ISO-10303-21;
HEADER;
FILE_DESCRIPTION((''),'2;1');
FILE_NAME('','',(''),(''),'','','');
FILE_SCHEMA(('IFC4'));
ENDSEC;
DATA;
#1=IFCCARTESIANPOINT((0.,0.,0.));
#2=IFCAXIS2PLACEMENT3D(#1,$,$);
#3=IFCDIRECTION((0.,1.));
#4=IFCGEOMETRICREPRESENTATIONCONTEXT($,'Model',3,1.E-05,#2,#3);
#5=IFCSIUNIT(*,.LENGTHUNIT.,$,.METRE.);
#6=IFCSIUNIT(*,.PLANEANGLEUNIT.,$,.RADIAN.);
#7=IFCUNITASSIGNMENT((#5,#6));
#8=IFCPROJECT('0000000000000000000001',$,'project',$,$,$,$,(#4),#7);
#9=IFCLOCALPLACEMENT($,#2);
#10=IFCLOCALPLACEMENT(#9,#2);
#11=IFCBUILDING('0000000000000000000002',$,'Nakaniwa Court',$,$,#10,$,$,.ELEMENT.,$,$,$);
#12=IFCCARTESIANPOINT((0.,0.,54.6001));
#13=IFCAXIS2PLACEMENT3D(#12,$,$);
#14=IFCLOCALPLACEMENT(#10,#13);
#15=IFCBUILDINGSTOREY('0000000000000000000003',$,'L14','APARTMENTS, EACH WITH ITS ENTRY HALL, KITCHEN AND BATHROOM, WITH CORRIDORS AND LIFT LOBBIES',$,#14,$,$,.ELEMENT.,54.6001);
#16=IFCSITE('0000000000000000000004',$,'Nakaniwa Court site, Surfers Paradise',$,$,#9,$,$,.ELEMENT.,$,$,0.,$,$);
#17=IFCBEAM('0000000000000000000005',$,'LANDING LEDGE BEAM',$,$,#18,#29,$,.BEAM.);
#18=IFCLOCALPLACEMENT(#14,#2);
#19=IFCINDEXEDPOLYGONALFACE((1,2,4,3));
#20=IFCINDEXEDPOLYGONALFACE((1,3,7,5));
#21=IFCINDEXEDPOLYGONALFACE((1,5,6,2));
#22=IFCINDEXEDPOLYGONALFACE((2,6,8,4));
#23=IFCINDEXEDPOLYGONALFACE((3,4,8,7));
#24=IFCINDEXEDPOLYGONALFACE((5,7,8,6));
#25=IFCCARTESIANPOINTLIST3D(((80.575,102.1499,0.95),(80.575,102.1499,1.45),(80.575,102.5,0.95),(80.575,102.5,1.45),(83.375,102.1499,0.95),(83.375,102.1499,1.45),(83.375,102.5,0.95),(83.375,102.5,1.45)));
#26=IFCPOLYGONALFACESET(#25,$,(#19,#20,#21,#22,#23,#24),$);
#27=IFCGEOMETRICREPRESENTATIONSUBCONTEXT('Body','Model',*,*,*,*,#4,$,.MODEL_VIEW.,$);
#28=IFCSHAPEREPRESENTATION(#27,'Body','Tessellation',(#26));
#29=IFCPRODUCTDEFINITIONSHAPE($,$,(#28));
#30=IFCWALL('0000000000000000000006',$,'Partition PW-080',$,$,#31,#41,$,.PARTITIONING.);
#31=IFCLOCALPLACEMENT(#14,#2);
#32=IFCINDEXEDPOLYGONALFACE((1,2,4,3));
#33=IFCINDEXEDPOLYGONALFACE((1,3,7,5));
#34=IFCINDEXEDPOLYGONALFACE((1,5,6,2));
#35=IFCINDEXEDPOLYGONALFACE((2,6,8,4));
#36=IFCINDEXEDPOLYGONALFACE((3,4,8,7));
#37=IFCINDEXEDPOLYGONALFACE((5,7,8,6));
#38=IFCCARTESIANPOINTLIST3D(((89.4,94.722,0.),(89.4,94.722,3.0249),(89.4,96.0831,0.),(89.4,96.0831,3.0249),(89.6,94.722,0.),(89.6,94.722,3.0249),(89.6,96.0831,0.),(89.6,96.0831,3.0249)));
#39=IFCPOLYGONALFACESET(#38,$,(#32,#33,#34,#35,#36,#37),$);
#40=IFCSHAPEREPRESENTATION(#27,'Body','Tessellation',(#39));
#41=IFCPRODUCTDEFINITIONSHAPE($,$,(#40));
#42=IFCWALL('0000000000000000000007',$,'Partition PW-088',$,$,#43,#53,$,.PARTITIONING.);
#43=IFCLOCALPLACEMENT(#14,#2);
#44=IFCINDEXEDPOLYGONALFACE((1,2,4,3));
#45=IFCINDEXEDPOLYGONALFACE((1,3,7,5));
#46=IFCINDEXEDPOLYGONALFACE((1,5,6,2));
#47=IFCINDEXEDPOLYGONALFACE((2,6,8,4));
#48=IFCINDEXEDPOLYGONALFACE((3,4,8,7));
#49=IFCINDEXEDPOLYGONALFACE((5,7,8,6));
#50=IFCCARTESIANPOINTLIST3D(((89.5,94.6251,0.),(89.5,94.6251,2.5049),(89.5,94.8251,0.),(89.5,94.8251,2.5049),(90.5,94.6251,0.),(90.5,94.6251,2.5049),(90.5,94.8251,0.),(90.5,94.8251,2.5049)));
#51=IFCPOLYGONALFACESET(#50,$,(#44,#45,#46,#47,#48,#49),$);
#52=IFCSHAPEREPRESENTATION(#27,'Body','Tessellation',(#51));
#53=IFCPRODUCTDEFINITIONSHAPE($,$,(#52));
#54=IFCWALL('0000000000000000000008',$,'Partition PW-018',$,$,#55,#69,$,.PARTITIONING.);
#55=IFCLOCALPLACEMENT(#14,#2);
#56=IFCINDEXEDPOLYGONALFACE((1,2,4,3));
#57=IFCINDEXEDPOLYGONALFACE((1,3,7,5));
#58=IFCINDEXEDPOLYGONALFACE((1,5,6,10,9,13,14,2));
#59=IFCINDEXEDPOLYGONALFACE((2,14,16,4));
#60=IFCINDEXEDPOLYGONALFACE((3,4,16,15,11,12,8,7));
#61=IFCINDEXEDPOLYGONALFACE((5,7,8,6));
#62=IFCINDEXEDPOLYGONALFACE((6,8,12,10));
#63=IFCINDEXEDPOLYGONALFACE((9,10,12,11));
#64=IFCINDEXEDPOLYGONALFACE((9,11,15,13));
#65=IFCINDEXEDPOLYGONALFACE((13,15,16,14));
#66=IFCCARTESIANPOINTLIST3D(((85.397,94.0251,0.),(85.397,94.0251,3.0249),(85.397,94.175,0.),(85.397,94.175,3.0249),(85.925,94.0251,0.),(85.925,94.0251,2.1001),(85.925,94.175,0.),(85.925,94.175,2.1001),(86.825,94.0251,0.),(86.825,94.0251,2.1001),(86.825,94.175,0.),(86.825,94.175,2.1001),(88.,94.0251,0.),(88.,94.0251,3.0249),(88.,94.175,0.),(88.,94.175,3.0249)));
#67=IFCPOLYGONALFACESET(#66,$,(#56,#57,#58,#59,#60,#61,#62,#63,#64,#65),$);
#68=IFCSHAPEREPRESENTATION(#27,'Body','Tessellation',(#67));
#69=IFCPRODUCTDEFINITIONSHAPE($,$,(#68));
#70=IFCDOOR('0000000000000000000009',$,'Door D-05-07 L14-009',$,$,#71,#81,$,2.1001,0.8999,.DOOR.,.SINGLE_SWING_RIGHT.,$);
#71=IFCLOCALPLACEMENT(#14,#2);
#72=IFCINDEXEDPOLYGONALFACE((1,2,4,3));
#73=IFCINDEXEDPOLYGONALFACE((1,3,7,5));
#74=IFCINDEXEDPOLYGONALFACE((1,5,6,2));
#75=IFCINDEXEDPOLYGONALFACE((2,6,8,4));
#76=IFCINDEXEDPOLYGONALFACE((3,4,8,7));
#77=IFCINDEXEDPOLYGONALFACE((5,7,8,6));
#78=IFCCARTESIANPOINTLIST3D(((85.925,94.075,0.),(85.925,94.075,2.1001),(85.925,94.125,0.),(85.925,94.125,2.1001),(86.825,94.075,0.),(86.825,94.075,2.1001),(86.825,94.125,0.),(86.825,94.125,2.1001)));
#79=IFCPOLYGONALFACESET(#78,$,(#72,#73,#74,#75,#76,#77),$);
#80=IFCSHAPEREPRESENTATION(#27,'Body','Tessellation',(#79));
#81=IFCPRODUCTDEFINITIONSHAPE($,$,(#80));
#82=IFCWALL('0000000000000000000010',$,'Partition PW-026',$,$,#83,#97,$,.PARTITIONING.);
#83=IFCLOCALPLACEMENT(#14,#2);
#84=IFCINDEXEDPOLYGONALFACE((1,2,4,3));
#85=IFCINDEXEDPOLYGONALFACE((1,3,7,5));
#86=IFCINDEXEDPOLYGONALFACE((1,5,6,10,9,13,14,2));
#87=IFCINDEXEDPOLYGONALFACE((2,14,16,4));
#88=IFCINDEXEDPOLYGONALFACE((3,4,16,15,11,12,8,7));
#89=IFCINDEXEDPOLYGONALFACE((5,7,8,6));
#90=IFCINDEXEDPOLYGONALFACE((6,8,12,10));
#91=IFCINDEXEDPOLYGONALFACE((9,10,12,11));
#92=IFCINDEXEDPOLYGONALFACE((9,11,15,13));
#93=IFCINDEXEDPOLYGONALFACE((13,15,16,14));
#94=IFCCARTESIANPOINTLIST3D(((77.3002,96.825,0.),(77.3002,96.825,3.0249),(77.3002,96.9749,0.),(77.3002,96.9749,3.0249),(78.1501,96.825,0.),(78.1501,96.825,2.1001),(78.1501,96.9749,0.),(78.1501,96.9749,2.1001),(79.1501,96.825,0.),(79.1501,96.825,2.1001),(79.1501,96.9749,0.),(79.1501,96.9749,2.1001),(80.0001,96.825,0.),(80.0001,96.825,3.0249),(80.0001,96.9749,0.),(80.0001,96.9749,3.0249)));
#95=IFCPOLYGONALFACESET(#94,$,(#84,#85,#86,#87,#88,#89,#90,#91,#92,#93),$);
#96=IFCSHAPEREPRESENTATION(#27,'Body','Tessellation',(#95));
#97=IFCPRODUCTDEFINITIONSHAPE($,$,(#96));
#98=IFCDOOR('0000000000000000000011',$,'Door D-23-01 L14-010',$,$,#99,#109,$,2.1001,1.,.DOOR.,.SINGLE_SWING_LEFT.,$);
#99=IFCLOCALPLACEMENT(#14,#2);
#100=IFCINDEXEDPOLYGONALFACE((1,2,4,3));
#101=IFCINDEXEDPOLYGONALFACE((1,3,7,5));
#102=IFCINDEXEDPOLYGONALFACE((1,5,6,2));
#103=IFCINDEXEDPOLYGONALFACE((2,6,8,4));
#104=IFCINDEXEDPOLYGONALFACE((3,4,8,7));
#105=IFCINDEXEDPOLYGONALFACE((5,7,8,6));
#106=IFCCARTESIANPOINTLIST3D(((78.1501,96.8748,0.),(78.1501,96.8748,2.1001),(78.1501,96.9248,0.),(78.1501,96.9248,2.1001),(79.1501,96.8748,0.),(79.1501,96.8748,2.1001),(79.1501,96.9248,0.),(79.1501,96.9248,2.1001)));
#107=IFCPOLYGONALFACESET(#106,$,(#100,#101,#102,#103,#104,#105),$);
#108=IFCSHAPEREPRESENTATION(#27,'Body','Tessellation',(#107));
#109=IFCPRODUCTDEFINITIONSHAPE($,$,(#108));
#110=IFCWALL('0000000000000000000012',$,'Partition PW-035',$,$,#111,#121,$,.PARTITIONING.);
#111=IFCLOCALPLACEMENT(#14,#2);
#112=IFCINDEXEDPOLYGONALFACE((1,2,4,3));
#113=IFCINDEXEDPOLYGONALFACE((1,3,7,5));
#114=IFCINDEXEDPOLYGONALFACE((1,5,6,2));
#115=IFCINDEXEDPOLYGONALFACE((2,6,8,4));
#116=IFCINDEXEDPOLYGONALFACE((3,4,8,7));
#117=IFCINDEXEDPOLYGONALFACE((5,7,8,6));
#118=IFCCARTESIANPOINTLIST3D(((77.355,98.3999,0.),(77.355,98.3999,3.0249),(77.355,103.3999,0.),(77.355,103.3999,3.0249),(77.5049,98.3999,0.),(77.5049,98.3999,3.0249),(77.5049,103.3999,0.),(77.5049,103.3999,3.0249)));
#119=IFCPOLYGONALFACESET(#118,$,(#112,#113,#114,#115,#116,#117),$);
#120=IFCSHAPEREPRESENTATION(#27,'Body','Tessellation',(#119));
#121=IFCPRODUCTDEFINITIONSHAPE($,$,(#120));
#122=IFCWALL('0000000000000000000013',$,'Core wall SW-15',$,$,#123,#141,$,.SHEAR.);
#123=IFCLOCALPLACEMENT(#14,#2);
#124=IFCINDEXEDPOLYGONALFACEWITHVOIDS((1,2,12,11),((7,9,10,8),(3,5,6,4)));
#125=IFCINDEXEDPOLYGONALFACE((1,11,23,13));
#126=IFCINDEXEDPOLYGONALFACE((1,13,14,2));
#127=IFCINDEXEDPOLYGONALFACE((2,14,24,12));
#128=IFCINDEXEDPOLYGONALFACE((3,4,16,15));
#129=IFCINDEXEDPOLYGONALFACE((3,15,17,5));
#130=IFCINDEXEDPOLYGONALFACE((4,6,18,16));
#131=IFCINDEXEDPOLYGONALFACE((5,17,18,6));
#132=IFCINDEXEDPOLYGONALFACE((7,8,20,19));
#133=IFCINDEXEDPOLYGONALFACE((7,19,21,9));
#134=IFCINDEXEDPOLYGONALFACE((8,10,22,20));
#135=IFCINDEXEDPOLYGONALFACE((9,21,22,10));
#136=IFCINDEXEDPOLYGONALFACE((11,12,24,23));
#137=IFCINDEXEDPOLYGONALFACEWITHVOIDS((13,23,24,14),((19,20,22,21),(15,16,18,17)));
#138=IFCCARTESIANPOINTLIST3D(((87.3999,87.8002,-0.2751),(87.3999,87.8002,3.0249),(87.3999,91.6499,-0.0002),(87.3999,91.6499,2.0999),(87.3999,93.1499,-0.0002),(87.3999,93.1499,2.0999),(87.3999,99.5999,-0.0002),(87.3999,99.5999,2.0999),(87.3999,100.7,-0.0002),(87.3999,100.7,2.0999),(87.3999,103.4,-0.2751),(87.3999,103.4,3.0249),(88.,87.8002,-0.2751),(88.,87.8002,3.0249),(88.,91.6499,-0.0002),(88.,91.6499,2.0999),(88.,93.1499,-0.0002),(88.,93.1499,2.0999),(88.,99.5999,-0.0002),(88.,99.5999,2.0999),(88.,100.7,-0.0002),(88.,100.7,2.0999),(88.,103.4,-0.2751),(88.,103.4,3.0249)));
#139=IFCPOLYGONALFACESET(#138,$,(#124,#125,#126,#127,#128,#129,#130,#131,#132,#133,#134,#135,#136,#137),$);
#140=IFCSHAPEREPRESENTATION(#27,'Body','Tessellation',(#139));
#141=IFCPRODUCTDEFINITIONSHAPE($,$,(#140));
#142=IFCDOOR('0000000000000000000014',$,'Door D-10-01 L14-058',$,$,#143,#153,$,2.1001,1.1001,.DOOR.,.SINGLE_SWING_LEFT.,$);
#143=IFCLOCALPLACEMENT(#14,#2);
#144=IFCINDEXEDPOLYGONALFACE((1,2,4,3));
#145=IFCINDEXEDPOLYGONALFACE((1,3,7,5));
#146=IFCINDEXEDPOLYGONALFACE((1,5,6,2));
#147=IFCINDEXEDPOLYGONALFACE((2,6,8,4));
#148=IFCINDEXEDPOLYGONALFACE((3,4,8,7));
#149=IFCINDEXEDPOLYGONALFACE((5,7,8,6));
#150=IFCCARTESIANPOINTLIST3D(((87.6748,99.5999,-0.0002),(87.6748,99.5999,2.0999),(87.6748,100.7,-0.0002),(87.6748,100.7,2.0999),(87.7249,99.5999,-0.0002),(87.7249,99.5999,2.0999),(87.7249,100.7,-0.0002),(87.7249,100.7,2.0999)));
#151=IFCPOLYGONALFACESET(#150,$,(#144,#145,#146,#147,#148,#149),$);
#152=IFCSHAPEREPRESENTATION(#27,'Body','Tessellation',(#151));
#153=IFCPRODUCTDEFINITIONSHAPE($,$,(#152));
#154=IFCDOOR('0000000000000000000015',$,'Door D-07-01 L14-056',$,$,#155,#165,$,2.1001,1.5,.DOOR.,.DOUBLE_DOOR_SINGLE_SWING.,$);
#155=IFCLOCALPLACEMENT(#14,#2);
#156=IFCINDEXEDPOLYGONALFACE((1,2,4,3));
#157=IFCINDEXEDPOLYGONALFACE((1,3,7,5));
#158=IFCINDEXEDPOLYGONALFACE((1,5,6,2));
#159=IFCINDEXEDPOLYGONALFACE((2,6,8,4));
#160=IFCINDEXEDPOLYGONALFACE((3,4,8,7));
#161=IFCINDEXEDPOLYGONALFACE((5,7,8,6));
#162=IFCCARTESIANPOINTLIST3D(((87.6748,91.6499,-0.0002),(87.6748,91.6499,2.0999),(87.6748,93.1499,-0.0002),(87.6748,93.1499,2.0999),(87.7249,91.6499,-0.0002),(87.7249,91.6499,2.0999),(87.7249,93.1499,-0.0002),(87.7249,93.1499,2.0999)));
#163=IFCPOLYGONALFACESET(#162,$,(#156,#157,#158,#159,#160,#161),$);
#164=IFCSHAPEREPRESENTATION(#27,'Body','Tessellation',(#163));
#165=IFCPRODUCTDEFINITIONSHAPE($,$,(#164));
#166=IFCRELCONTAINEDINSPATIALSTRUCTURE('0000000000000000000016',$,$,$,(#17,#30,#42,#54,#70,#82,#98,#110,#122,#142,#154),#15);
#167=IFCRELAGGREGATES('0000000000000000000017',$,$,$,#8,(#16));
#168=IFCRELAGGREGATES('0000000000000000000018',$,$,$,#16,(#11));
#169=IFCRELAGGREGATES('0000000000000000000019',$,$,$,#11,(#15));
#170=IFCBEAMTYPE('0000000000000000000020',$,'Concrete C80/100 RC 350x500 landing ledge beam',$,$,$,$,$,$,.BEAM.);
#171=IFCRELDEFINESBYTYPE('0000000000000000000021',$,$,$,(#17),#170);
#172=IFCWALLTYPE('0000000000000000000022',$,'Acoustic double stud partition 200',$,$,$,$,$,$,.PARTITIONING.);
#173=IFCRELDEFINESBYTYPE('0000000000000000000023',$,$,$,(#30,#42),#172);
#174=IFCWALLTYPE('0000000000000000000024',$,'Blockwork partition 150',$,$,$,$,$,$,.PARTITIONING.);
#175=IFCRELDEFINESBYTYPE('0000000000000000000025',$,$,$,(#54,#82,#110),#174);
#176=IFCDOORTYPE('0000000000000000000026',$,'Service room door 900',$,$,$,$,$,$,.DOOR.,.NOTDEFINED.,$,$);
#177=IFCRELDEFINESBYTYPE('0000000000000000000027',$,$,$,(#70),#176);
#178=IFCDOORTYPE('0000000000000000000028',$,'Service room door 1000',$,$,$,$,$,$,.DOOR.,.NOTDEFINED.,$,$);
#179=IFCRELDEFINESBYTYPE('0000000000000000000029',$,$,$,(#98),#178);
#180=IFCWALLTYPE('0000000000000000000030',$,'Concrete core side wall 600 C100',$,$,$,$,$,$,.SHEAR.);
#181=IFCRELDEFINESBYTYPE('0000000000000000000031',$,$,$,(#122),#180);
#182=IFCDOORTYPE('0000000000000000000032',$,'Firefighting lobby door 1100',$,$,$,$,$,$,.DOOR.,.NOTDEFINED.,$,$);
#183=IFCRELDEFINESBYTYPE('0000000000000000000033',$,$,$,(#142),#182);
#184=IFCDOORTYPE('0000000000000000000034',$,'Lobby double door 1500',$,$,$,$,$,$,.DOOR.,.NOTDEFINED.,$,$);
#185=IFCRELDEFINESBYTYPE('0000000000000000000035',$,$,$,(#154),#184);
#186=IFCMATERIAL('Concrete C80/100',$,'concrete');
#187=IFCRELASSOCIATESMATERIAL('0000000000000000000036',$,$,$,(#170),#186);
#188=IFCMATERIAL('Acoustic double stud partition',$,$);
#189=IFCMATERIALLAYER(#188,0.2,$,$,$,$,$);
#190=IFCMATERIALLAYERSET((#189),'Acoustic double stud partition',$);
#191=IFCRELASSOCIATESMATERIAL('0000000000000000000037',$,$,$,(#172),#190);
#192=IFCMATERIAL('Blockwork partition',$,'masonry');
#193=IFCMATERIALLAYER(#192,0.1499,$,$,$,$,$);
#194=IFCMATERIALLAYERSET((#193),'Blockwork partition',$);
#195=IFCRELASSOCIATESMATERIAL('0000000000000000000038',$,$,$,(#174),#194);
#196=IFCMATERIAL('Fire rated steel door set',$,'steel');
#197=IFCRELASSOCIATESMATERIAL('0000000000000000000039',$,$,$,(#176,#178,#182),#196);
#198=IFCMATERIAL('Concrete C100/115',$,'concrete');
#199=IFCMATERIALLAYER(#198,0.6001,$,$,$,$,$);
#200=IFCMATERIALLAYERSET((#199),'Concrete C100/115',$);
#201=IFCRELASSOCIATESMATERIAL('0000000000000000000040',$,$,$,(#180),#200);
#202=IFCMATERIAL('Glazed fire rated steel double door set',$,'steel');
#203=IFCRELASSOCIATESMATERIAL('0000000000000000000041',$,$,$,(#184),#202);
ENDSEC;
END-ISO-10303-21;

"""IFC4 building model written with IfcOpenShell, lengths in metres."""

from ifc_helpers import new_model, si_unit, direction, frame, frame_2d, origin, origin_2d, place, context, subcontext, project, spatial, rectangle, extrude, material, layer, layer_set, material_profile, profile_set, type_object, element, fill, save


model = new_model("IFC4")

# Units and contexts
model_context = context("Model", 3, precision=1e-05, world=origin(), true_north=direction((0.0, 1.0)))
body_context = subcontext(model_context, "Body", "Model", "MODEL_VIEW")
ifc_project = project(units=[si_unit("LENGTHUNIT", "METRE"), si_unit("PLANEANGLEUNIT", "RADIAN")], contexts=[model_context])

# Site, building, storey
site_placement = place(None, origin())
site = spatial("IfcSite", under=ifc_project, at=site_placement, Name="Nakaniwa Court site, Surfers Paradise", CompositionType="ELEMENT", RefElevation=0.0)
building_placement = place(site_placement, origin())
building = spatial("IfcBuilding", under=site, at=building_placement, Name="Nakaniwa Court", CompositionType="ELEMENT")
storey_placement = place(building_placement, frame((0.0, 0.0, 54.6001)))
storey = spatial("IfcBuildingStorey", under=building, at=storey_placement, Name="L14", Description="APARTMENTS, EACH WITH ITS ENTRY HALL, KITCHEN AND BATHROOM, WITH CORRIDORS AND LIFT LOBBIES", CompositionType="ELEMENT", Elevation=54.6001)

# Beam
ifc_material_1 = material(Name="Concrete C80/100", Category="concrete")
ifc_material_profile = material_profile(ifc_material_1, rectangle(XDim=0.3501, YDim=0.5, at=origin_2d()), Name="Concrete C80/100 RC 350x500 landing ledge beam")
ifc_profile_set = profile_set([ifc_material_profile], Name="Concrete C80/100")
beam_type = type_object("IfcBeamType", Name="Concrete C80/100 RC 350x500 landing ledge beam", PredefinedType="BEAM", material=ifc_profile_set)
beam_placement = place(storey_placement, frame((80.575, 102.325, 1.2), z_axis=(1.0, 0.0, 0.0), x_axis=(0.0, 1.0, 0.0)))
element("IfcBeam", 1, at=beam_placement, inside=storey, type_object=beam_type, Name="LANDING LEDGE BEAM", PredefinedType="BEAM", context=body_context, shape_type="SweptSolid", body=[
    extrude(rectangle(XDim=0.3501, YDim=0.5, at=origin_2d()), origin(), (0.0, 0.0, 1.0), 2.8),
])

# Walls
ifc_material_2 = material(Name="Acoustic double stud partition")
ifc_layer_1 = layer(ifc_material_2, 0.2)
ifc_layer_set_1 = layer_set([ifc_layer_1], Name="Acoustic double stud partition")
wall_type_1 = type_object("IfcWallType", Name="Acoustic double stud partition 200", PredefinedType="PARTITIONING", material=ifc_layer_set_1)
wall_1_placement = place(storey_placement, frame((89.5, 94.7219, 0.0), z_axis=(0.0, 0.0, 1.0), x_axis=(0.0, 1.0, 0.0)))
element("IfcWall", 2, at=wall_1_placement, inside=storey, type_object=wall_type_1, Name="Partition PW-080", PredefinedType="PARTITIONING", context=body_context, shape_type="SweptSolid", body=[
    extrude(rectangle(XDim=1.3611, YDim=0.2, at=frame_2d((0.6807, 0.0))), origin(), (0.0, 0.0, 1.0), 3.0249),
])
wall_2_placement = place(storey_placement, frame((89.5, 94.7251, 0.0), z_axis=(0.0, 0.0, 1.0), x_axis=(1.0, 0.0, 0.0)))
element("IfcWall", 3, at=wall_2_placement, inside=storey, type_object=wall_type_1, Name="Partition PW-088", PredefinedType="PARTITIONING", context=body_context, shape_type="SweptSolid", body=[
    extrude(rectangle(XDim=1.0, YDim=0.2, at=frame_2d((0.5, 0.0))), origin(), (0.0, 0.0, 1.0), 2.5049),
])

# Walls, openings, doors
ifc_material_3 = material(Name="Blockwork partition", Category="masonry")
ifc_layer_2 = layer(ifc_material_3, 0.1499)
ifc_layer_set_2 = layer_set([ifc_layer_2], Name="Blockwork partition")
wall_type_2 = type_object("IfcWallType", Name="Blockwork partition 150", PredefinedType="PARTITIONING", material=ifc_layer_set_2)
wall_3_placement = place(storey_placement, frame((85.397, 94.1001, 0.0), z_axis=(0.0, 0.0, 1.0), x_axis=(1.0, 0.0, 0.0)))
wall_3 = element("IfcWall", 4, at=wall_3_placement, inside=storey, type_object=wall_type_2, Name="Partition PW-018", PredefinedType="PARTITIONING", context=body_context, shape_type="SweptSolid", body=[
    extrude(rectangle(XDim=2.603, YDim=0.1499, at=frame_2d((1.3015, 0.0))), origin(), (0.0, 0.0, 1.0), 3.0249),
])
opening_1_placement = place(wall_3_placement, frame((0.5281, 0.0, 0.0)))
opening_1 = element("IfcOpeningElement", 5, at=opening_1_placement, cuts=wall_3, PredefinedType="OPENING", context=body_context, shape_type="SweptSolid", body=[
    extrude(rectangle(XDim=0.8999, YDim=2.1001, at=frame_2d((0.45, 1.05))), frame((0.0, 0.085, 0.0), z_axis=(0.0, -1.0, 0.0), x_axis=(1.0, 0.0, 0.0)), (0.0, 0.0, 1.0), 0.1699),
])
ifc_material_4 = material(Name="Fire rated steel door set", Category="steel")
door_type_1 = type_object("IfcDoorType", Name="Service room door 900", OperationType="NOTDEFINED", PredefinedType="DOOR", material=ifc_material_4)
door_1_placement = place(opening_1_placement, origin())
door_1 = element("IfcDoor", 6, at=door_1_placement, inside=storey, type_object=door_type_1, Name="Door D-05-07 L14-009", OperationType="SINGLE_SWING_RIGHT", OverallHeight=2.1001, OverallWidth=0.8999, PredefinedType="DOOR", context=body_context, shape_type="SweptSolid", body=[
    extrude(rectangle(XDim=0.8999, YDim=2.1001, at=frame_2d((0.45, 1.05))), frame((0.0, 0.0249, 0.0), z_axis=(0.0, -1.0, 0.0), x_axis=(1.0, 0.0, 0.0)), (0.0, 0.0, 1.0), 0.05),
])
fill(opening_1, door_1)
wall_4_placement = place(storey_placement, frame((77.3, 96.8999, 0.0), z_axis=(0.0, 0.0, 1.0), x_axis=(1.0, 0.0, 0.0)))
wall_4 = element("IfcWall", 7, at=wall_4_placement, inside=storey, type_object=wall_type_2, Name="Partition PW-026", PredefinedType="PARTITIONING", context=body_context, shape_type="SweptSolid", body=[
    extrude(rectangle(XDim=2.7, YDim=0.1499, at=frame_2d((1.3501, 0.0))), origin(), (0.0, 0.0, 1.0), 3.0249),
])
opening_2_placement = place(wall_4_placement, frame((0.8501, 0.0, 0.0)))
opening_2 = element("IfcOpeningElement", 8, at=opening_2_placement, cuts=wall_4, PredefinedType="OPENING", context=body_context, shape_type="SweptSolid", body=[
    extrude(rectangle(XDim=1.0, YDim=2.1001, at=frame_2d((0.5, 1.05))), frame((0.0, 0.085, 0.0), z_axis=(0.0, -1.0, 0.0), x_axis=(1.0, 0.0, 0.0)), (0.0, 0.0, 1.0), 0.1699),
])
door_type_2 = type_object("IfcDoorType", Name="Service room door 1000", OperationType="NOTDEFINED", PredefinedType="DOOR", material=ifc_material_4)
door_2_placement = place(opening_2_placement, origin())
door_2 = element("IfcDoor", 9, at=door_2_placement, inside=storey, type_object=door_type_2, Name="Door D-23-01 L14-010", OperationType="SINGLE_SWING_LEFT", OverallHeight=2.1001, OverallWidth=1.0, PredefinedType="DOOR", context=body_context, shape_type="SweptSolid", body=[
    extrude(rectangle(XDim=1.0, YDim=2.1001, at=frame_2d((0.5, 1.05))), frame((0.0, 0.0249, 0.0), z_axis=(0.0, -1.0, 0.0), x_axis=(1.0, 0.0, 0.0)), (0.0, 0.0, 1.0), 0.05),
])
fill(opening_2, door_2)

# Wall
wall_5_placement = place(storey_placement, frame((77.4299, 98.3999, 0.0), z_axis=(0.0, 0.0, 1.0), x_axis=(0.0, 1.0, 0.0)))
element("IfcWall", 10, at=wall_5_placement, inside=storey, type_object=wall_type_2, Name="Partition PW-035", PredefinedType="PARTITIONING", context=body_context, shape_type="SweptSolid", body=[
    extrude(rectangle(XDim=5.0, YDim=0.1499, at=frame_2d((2.5, 0.0))), origin(), (0.0, 0.0, 1.0), 3.0249),
])

# Wall, openings, doors
ifc_material_5 = material(Name="Concrete C100/115", Category="concrete")
ifc_layer_3 = layer(ifc_material_5, 0.6001)
ifc_layer_set_3 = layer_set([ifc_layer_3], Name="Concrete C100/115")
wall_type_3 = type_object("IfcWallType", Name="Concrete core side wall 600 C100", PredefinedType="SHEAR", material=ifc_layer_set_3)
wall_6_placement = place(storey_placement, frame((87.7, 103.3999, -0.2751), z_axis=(0.0, 0.0, 1.0), x_axis=(0.0, -1.0, 0.0)))
wall_6 = element("IfcWall", 11, at=wall_6_placement, inside=storey, type_object=wall_type_3, Name="Core wall SW-15", PredefinedType="SHEAR", context=body_context, shape_type="SweptSolid", body=[
    extrude(rectangle(XDim=15.5999, YDim=0.6001, at=frame_2d((7.7998, 0.0))), origin(), (0.0, 0.0, 1.0), 3.3),
])
opening_3_placement = place(wall_6_placement, frame((10.25, 0.0, 0.2749)))
opening_3 = element("IfcOpeningElement", 12, at=opening_3_placement, cuts=wall_6, PredefinedType="OPENING", context=body_context, shape_type="SweptSolid", body=[
    extrude(rectangle(XDim=1.5, YDim=2.1001, at=frame_2d((0.75, 1.05))), frame((0.0, 0.3101, 0.0), z_axis=(0.0, -1.0, 0.0), x_axis=(1.0, 0.0, 0.0)), (0.0, 0.0, 1.0), 0.6201),
])
opening_4_placement = place(wall_6_placement, frame((2.7, 0.0, 0.2749)))
opening_4 = element("IfcOpeningElement", 13, at=opening_4_placement, cuts=wall_6, PredefinedType="OPENING", context=body_context, shape_type="SweptSolid", body=[
    extrude(rectangle(XDim=1.1001, YDim=2.1001, at=frame_2d((0.55, 1.05))), frame((0.0, 0.3101, 0.0), z_axis=(0.0, -1.0, 0.0), x_axis=(1.0, 0.0, 0.0)), (0.0, 0.0, 1.0), 0.6201),
])
door_type_3 = type_object("IfcDoorType", Name="Firefighting lobby door 1100", OperationType="NOTDEFINED", PredefinedType="DOOR", material=ifc_material_4)
door_3_placement = place(opening_4_placement, origin())
door_3 = element("IfcDoor", 14, at=door_3_placement, inside=storey, type_object=door_type_3, Name="Door D-10-01 L14-058", OperationType="SINGLE_SWING_LEFT", OverallHeight=2.1001, OverallWidth=1.1001, PredefinedType="DOOR", context=body_context, shape_type="SweptSolid", body=[
    extrude(rectangle(XDim=1.1001, YDim=2.1001, at=frame_2d((0.55, 1.05))), frame((0.0, 0.0249, 0.0), z_axis=(0.0, -1.0, 0.0), x_axis=(1.0, 0.0, 0.0)), (0.0, 0.0, 1.0), 0.05),
])
fill(opening_4, door_3)
ifc_material_6 = material(Name="Glazed fire rated steel double door set", Category="steel")
door_type_4 = type_object("IfcDoorType", Name="Lobby double door 1500", OperationType="NOTDEFINED", PredefinedType="DOOR", material=ifc_material_6)
door_4_placement = place(opening_3_placement, origin())
door_4 = element("IfcDoor", 15, at=door_4_placement, inside=storey, type_object=door_type_4, Name="Door D-07-01 L14-056", OperationType="DOUBLE_DOOR_SINGLE_SWING", OverallHeight=2.1001, OverallWidth=1.5, PredefinedType="DOOR", context=body_context, shape_type="SweptSolid", body=[
    extrude(rectangle(XDim=1.5, YDim=2.1001, at=frame_2d((0.75, 1.05))), frame((0.0, 0.0249, 0.0), z_axis=(0.0, -1.0, 0.0), x_axis=(1.0, 0.0, 0.0)), (0.0, 0.0, 1.0), 0.05),
])
fill(opening_3, door_4)

save(model, "model.ifc")
